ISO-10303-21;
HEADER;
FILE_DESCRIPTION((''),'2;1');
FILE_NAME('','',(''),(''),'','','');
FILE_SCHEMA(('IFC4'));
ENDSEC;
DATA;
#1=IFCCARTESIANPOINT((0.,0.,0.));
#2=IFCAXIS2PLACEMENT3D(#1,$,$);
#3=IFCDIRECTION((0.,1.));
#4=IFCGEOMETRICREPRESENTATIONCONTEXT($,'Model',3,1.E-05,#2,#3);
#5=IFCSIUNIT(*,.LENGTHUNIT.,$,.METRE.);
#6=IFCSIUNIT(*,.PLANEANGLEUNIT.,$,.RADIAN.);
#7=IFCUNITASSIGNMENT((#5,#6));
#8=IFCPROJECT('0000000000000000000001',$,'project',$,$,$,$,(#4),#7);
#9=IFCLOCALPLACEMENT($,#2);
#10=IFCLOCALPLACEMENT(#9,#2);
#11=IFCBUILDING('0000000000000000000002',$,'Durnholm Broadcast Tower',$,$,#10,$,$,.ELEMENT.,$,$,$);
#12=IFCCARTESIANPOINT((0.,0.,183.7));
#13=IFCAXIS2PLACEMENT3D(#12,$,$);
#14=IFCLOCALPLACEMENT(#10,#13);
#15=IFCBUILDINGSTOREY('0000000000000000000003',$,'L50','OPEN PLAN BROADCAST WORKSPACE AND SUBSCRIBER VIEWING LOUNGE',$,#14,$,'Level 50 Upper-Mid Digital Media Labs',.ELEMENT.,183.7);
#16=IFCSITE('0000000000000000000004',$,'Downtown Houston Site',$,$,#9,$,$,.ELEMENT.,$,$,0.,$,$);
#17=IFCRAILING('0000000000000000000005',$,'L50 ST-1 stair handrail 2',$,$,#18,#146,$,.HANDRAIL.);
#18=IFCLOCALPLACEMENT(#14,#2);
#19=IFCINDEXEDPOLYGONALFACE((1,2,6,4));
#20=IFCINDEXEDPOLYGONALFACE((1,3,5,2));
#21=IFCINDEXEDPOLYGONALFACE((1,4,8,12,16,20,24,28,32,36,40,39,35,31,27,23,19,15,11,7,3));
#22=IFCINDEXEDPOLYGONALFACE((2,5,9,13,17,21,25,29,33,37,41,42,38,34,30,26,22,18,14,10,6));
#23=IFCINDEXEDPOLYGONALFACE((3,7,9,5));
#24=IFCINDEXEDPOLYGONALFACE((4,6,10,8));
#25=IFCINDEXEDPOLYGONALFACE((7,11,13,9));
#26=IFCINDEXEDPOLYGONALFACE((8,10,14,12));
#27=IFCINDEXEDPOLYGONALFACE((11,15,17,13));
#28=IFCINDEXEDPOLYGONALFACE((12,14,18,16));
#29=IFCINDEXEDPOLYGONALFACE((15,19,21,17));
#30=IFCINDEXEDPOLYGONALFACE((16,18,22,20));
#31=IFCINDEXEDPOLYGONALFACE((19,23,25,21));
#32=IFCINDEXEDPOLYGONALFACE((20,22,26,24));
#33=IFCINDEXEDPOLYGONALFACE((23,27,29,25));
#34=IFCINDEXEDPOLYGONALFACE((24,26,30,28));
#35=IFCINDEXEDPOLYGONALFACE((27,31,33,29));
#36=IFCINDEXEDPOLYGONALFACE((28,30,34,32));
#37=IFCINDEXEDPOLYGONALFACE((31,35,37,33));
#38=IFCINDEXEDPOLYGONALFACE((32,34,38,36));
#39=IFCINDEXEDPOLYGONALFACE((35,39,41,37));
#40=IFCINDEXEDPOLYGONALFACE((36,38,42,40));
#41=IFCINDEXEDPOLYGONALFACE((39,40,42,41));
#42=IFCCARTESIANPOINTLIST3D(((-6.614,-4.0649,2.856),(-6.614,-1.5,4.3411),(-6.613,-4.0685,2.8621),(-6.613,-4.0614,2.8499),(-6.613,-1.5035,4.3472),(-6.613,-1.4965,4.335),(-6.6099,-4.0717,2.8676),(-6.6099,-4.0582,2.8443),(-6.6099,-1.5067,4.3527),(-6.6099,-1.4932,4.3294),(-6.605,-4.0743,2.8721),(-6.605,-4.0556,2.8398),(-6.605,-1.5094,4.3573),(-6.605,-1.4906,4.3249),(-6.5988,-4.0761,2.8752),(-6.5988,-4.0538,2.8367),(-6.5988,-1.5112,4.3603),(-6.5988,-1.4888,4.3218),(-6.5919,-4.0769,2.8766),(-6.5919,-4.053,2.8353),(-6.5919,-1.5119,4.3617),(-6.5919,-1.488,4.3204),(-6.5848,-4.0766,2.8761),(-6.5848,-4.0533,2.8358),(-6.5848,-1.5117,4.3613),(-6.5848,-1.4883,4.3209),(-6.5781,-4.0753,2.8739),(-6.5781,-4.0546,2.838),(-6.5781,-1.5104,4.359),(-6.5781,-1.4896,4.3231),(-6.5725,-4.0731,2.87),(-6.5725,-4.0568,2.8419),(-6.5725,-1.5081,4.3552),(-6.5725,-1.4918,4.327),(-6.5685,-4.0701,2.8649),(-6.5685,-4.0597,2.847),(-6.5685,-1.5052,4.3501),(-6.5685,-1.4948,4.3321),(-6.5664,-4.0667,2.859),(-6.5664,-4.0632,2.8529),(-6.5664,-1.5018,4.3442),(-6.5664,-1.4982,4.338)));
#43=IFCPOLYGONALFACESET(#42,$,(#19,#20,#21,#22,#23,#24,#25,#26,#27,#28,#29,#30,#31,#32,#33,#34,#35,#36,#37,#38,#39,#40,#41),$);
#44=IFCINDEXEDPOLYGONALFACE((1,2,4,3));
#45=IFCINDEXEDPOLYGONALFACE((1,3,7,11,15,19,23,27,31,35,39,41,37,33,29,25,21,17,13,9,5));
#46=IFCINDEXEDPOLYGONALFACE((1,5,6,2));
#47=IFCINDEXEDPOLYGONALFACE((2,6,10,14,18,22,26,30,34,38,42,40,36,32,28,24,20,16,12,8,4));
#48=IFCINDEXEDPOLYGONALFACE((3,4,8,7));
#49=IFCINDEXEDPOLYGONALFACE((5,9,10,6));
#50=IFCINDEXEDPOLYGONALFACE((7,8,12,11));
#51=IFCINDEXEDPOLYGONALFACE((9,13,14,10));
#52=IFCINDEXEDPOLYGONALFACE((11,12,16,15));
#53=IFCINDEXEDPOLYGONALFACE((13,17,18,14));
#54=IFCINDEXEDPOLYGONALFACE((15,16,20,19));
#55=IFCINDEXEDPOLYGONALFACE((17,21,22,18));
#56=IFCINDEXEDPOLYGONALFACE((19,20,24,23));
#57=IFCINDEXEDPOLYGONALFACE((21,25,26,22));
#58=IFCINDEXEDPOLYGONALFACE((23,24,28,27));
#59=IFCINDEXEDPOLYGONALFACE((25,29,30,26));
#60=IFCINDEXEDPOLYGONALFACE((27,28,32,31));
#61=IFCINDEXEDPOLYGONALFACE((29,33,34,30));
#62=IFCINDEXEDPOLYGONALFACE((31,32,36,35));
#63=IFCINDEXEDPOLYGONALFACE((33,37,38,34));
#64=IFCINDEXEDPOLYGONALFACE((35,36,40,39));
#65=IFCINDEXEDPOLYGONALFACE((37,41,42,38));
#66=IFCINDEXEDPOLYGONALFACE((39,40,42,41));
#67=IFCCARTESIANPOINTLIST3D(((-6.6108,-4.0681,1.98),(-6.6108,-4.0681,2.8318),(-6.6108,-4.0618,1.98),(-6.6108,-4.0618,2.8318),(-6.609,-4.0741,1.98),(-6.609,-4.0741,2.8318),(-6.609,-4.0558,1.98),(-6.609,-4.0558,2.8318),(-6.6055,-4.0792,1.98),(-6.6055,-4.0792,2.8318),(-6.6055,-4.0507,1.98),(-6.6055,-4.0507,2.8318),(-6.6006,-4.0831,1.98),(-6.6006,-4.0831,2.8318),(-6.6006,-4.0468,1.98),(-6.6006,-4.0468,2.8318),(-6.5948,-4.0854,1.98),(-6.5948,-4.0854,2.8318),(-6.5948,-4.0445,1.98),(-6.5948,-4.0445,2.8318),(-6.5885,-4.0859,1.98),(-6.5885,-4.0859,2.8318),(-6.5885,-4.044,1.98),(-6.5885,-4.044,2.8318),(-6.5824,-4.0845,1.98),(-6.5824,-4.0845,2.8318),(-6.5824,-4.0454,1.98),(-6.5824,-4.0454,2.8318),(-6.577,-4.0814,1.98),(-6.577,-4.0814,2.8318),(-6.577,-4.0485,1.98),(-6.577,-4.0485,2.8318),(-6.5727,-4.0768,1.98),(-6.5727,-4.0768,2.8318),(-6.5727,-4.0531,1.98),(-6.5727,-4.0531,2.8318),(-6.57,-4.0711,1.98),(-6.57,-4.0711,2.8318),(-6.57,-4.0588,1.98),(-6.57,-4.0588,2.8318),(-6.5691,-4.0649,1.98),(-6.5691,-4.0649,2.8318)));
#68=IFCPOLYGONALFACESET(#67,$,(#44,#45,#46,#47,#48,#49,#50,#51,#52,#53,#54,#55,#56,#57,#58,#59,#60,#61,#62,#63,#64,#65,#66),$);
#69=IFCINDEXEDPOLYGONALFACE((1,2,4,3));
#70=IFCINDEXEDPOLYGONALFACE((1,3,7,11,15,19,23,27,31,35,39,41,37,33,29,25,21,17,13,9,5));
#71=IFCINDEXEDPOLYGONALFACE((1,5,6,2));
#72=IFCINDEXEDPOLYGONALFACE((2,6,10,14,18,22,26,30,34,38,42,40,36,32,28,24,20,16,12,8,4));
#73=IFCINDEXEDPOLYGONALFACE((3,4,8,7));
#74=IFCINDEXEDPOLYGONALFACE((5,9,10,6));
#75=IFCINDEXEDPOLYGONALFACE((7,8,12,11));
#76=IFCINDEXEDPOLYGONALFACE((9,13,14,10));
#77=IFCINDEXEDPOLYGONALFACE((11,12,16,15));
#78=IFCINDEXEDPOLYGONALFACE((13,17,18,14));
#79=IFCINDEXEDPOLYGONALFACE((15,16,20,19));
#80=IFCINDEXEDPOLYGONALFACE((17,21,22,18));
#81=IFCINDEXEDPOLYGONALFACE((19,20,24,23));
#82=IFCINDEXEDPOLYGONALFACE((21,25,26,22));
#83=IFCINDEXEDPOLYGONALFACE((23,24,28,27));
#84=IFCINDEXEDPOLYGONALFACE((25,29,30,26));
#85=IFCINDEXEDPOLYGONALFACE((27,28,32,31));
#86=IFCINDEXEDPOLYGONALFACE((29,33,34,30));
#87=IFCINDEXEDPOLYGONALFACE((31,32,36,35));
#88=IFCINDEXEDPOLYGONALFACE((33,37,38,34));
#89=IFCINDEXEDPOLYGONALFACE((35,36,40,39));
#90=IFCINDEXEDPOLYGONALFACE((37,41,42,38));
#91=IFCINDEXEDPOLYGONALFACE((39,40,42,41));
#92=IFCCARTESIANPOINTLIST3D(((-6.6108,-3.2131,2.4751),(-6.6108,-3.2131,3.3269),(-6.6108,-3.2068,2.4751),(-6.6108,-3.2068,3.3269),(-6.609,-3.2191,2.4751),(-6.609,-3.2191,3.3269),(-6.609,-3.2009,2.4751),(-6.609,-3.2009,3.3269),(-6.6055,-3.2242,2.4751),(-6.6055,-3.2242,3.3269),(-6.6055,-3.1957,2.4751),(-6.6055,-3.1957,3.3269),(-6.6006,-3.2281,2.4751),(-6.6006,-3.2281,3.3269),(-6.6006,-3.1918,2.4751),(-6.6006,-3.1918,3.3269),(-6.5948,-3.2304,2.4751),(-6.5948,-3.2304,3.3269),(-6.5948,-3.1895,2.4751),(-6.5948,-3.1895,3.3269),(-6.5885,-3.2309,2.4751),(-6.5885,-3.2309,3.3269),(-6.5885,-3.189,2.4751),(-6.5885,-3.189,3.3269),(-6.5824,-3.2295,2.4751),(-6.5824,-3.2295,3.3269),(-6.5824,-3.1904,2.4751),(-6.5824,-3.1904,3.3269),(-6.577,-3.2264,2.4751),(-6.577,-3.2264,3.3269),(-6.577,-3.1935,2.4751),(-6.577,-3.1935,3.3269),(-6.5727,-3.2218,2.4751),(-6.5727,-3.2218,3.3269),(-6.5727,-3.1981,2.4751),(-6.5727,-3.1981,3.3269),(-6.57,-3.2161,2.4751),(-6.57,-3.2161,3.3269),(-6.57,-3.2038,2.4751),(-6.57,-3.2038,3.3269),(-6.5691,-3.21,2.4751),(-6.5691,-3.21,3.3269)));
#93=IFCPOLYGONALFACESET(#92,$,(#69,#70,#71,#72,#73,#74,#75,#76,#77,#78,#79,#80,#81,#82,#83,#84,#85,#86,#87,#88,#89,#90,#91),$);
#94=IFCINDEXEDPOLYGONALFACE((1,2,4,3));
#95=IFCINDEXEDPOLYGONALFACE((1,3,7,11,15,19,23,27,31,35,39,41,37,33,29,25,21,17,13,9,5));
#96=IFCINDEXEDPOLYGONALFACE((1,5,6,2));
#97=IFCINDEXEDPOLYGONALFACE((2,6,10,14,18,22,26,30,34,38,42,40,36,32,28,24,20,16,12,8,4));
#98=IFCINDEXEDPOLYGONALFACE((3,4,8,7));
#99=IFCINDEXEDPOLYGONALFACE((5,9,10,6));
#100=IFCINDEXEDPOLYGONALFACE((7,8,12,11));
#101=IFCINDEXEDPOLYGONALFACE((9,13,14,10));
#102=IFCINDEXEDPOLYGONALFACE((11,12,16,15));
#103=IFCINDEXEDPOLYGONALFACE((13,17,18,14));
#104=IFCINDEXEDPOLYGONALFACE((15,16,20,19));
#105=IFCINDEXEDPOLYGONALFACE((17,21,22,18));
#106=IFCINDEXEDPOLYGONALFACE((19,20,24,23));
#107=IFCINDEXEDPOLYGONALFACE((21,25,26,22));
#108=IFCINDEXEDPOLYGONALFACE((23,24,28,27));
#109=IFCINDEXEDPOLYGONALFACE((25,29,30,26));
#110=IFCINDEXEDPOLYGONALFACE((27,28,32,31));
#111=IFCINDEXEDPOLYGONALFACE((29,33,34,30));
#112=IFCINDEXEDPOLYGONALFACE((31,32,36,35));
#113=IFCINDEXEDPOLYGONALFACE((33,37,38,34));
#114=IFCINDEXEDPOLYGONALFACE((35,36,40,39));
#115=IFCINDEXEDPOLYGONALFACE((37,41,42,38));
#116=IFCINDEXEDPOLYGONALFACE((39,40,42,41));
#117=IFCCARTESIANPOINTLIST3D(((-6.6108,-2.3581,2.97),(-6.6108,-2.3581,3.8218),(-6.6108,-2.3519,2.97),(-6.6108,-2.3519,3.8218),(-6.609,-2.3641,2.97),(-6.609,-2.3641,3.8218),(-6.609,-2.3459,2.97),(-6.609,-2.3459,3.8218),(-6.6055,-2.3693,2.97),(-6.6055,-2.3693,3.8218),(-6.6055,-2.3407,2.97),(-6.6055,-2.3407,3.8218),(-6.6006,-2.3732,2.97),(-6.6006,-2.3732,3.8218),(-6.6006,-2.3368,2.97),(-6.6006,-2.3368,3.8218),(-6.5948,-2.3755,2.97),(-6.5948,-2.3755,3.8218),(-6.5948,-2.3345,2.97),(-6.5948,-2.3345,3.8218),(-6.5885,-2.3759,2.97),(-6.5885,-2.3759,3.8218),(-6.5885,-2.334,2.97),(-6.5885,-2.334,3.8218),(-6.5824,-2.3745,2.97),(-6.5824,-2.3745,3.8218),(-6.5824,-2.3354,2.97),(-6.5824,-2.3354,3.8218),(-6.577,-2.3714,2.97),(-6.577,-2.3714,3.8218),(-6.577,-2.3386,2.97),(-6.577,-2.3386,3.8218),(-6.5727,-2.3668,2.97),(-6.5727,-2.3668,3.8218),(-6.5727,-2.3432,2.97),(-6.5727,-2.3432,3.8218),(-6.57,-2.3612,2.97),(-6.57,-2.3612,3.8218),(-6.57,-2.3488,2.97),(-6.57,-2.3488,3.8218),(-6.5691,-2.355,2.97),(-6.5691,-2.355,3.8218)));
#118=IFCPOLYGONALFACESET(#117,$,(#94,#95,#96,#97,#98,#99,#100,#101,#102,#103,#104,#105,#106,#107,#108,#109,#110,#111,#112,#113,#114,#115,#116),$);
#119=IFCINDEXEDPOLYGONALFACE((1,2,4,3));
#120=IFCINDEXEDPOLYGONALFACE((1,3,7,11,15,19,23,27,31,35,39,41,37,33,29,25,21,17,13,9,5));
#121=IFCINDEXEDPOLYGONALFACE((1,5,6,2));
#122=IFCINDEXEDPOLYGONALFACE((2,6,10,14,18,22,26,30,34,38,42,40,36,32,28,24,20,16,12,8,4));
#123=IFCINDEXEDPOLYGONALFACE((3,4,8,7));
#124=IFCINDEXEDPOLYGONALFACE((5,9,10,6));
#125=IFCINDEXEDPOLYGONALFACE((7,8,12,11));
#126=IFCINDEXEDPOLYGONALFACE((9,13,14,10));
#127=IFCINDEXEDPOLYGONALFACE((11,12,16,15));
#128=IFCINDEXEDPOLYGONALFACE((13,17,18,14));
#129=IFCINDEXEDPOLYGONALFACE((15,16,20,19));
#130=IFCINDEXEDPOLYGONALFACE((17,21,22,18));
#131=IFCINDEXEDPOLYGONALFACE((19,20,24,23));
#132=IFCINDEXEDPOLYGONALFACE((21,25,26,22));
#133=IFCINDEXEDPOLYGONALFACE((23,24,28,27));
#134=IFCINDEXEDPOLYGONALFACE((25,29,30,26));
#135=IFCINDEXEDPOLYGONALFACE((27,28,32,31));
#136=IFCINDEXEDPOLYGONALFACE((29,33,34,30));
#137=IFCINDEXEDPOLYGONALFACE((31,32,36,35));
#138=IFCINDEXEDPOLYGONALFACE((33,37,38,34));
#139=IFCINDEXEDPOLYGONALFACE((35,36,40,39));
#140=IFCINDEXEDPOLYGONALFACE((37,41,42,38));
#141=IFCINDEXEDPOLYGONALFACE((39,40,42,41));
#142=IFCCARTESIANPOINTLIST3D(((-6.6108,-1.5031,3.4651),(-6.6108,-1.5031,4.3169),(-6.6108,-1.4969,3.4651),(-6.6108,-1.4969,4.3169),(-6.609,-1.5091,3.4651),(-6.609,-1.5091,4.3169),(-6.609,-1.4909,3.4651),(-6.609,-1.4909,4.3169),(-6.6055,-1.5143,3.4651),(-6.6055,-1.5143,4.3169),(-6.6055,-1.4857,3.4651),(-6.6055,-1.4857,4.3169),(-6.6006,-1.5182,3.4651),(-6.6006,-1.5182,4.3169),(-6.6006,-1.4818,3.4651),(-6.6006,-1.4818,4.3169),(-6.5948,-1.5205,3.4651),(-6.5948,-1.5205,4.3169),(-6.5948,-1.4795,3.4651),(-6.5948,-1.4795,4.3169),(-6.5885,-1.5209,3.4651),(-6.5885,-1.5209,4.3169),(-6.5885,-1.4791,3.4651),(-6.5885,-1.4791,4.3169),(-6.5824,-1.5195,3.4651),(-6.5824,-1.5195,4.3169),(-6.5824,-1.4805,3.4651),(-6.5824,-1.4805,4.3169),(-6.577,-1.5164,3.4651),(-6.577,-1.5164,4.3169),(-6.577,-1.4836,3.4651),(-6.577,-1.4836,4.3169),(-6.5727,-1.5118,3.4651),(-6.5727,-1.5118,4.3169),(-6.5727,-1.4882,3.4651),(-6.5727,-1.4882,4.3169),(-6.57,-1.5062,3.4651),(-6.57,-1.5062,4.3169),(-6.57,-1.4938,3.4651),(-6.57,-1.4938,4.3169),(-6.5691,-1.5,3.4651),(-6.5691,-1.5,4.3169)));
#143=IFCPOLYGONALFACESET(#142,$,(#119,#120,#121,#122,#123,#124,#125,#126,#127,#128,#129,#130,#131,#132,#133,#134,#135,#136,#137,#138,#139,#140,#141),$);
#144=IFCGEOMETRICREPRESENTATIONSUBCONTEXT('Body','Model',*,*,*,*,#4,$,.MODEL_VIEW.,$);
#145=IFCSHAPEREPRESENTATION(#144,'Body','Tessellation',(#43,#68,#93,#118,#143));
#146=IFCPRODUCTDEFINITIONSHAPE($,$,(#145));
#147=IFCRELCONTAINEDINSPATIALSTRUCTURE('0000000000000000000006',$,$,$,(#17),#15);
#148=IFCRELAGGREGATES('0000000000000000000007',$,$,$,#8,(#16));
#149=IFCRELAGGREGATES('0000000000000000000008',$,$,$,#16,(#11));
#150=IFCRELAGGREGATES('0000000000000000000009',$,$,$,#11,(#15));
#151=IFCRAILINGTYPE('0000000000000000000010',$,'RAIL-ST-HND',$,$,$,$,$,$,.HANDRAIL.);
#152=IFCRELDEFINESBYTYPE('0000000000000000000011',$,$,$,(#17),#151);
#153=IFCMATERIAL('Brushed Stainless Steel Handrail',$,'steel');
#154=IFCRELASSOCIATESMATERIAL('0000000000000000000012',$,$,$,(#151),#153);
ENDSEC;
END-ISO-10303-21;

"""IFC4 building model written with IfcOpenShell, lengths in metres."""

from ifc_helpers import new_model, si_unit, direction, frame, origin, origin_2d, place, context, subcontext, project, spatial, circle, extrude, material, type_object, element, save


model = new_model("IFC4")

# Units and contexts
model_context = context("Model", 3, precision=1e-05, world=origin(), true_north=direction((0.0, 1.0)))
body_context = subcontext(model_context, "Body", "Model", "MODEL_VIEW")
ifc_project = project(units=[si_unit("LENGTHUNIT", "METRE"), si_unit("PLANEANGLEUNIT", "RADIAN")], contexts=[model_context])

# Site, building, storey
site_placement = place(None, origin())
site = spatial("IfcSite", under=ifc_project, at=site_placement, Name="Downtown Houston Site", CompositionType="ELEMENT", RefElevation=0.0)
building_placement = place(site_placement, origin())
building = spatial("IfcBuilding", under=site, at=building_placement, Name="Durnholm Broadcast Tower", CompositionType="ELEMENT")
storey_placement = place(building_placement, frame((0.0, 0.0, 183.7)))
storey = spatial("IfcBuildingStorey", under=building, at=storey_placement, Name="L50", Description="OPEN PLAN BROADCAST WORKSPACE AND SUBSCRIBER VIEWING LOUNGE", LongName="Level 50 Upper-Mid Digital Media Labs", CompositionType="ELEMENT", Elevation=183.7)

# Railing
ifc_material_1 = material(Name="Brushed Stainless Steel Handrail", Category="steel")
railing_type_1 = type_object("IfcRailingType", Name="RAIL-ST-HND", PredefinedType="HANDRAIL", material=ifc_material_1)
railing_1_placement = place(storey_placement, frame((-6.5901, -4.0649, 1.98)))
element("IfcRailing", 1, at=railing_1_placement, inside=storey, type_object=railing_type_1, Name="L50 ST-1 stair handrail 2", PredefinedType="HANDRAIL", context=body_context, shape_type="SweptSolid", body=[
    extrude(circle(Radius=0.0239, at=origin_2d()), frame((0.0, 0.0, 0.876), z_axis=(0.0, 0.865406, 0.501072), x_axis=(-1.0, 0.0, 0.0)), (0.0, 0.0, 1.0), 2.9639),
    extrude(circle(Radius=0.021, at=origin_2d()), origin(), (0.0, 0.0, 1.0), 0.8518),
    extrude(circle(Radius=0.021, at=origin_2d()), frame((0.0, 0.855, 0.4951)), (0.0, 0.0, 1.0), 0.8518),
    extrude(circle(Radius=0.021, at=origin_2d()), frame((0.0, 1.71, 0.99)), (0.0, 0.0, 1.0), 0.8518),
    extrude(circle(Radius=0.021, at=origin_2d()), frame((0.0, 2.5649, 1.4851)), (0.0, 0.0, 1.0), 0.8518),
])

save(model, "model.ifc")
